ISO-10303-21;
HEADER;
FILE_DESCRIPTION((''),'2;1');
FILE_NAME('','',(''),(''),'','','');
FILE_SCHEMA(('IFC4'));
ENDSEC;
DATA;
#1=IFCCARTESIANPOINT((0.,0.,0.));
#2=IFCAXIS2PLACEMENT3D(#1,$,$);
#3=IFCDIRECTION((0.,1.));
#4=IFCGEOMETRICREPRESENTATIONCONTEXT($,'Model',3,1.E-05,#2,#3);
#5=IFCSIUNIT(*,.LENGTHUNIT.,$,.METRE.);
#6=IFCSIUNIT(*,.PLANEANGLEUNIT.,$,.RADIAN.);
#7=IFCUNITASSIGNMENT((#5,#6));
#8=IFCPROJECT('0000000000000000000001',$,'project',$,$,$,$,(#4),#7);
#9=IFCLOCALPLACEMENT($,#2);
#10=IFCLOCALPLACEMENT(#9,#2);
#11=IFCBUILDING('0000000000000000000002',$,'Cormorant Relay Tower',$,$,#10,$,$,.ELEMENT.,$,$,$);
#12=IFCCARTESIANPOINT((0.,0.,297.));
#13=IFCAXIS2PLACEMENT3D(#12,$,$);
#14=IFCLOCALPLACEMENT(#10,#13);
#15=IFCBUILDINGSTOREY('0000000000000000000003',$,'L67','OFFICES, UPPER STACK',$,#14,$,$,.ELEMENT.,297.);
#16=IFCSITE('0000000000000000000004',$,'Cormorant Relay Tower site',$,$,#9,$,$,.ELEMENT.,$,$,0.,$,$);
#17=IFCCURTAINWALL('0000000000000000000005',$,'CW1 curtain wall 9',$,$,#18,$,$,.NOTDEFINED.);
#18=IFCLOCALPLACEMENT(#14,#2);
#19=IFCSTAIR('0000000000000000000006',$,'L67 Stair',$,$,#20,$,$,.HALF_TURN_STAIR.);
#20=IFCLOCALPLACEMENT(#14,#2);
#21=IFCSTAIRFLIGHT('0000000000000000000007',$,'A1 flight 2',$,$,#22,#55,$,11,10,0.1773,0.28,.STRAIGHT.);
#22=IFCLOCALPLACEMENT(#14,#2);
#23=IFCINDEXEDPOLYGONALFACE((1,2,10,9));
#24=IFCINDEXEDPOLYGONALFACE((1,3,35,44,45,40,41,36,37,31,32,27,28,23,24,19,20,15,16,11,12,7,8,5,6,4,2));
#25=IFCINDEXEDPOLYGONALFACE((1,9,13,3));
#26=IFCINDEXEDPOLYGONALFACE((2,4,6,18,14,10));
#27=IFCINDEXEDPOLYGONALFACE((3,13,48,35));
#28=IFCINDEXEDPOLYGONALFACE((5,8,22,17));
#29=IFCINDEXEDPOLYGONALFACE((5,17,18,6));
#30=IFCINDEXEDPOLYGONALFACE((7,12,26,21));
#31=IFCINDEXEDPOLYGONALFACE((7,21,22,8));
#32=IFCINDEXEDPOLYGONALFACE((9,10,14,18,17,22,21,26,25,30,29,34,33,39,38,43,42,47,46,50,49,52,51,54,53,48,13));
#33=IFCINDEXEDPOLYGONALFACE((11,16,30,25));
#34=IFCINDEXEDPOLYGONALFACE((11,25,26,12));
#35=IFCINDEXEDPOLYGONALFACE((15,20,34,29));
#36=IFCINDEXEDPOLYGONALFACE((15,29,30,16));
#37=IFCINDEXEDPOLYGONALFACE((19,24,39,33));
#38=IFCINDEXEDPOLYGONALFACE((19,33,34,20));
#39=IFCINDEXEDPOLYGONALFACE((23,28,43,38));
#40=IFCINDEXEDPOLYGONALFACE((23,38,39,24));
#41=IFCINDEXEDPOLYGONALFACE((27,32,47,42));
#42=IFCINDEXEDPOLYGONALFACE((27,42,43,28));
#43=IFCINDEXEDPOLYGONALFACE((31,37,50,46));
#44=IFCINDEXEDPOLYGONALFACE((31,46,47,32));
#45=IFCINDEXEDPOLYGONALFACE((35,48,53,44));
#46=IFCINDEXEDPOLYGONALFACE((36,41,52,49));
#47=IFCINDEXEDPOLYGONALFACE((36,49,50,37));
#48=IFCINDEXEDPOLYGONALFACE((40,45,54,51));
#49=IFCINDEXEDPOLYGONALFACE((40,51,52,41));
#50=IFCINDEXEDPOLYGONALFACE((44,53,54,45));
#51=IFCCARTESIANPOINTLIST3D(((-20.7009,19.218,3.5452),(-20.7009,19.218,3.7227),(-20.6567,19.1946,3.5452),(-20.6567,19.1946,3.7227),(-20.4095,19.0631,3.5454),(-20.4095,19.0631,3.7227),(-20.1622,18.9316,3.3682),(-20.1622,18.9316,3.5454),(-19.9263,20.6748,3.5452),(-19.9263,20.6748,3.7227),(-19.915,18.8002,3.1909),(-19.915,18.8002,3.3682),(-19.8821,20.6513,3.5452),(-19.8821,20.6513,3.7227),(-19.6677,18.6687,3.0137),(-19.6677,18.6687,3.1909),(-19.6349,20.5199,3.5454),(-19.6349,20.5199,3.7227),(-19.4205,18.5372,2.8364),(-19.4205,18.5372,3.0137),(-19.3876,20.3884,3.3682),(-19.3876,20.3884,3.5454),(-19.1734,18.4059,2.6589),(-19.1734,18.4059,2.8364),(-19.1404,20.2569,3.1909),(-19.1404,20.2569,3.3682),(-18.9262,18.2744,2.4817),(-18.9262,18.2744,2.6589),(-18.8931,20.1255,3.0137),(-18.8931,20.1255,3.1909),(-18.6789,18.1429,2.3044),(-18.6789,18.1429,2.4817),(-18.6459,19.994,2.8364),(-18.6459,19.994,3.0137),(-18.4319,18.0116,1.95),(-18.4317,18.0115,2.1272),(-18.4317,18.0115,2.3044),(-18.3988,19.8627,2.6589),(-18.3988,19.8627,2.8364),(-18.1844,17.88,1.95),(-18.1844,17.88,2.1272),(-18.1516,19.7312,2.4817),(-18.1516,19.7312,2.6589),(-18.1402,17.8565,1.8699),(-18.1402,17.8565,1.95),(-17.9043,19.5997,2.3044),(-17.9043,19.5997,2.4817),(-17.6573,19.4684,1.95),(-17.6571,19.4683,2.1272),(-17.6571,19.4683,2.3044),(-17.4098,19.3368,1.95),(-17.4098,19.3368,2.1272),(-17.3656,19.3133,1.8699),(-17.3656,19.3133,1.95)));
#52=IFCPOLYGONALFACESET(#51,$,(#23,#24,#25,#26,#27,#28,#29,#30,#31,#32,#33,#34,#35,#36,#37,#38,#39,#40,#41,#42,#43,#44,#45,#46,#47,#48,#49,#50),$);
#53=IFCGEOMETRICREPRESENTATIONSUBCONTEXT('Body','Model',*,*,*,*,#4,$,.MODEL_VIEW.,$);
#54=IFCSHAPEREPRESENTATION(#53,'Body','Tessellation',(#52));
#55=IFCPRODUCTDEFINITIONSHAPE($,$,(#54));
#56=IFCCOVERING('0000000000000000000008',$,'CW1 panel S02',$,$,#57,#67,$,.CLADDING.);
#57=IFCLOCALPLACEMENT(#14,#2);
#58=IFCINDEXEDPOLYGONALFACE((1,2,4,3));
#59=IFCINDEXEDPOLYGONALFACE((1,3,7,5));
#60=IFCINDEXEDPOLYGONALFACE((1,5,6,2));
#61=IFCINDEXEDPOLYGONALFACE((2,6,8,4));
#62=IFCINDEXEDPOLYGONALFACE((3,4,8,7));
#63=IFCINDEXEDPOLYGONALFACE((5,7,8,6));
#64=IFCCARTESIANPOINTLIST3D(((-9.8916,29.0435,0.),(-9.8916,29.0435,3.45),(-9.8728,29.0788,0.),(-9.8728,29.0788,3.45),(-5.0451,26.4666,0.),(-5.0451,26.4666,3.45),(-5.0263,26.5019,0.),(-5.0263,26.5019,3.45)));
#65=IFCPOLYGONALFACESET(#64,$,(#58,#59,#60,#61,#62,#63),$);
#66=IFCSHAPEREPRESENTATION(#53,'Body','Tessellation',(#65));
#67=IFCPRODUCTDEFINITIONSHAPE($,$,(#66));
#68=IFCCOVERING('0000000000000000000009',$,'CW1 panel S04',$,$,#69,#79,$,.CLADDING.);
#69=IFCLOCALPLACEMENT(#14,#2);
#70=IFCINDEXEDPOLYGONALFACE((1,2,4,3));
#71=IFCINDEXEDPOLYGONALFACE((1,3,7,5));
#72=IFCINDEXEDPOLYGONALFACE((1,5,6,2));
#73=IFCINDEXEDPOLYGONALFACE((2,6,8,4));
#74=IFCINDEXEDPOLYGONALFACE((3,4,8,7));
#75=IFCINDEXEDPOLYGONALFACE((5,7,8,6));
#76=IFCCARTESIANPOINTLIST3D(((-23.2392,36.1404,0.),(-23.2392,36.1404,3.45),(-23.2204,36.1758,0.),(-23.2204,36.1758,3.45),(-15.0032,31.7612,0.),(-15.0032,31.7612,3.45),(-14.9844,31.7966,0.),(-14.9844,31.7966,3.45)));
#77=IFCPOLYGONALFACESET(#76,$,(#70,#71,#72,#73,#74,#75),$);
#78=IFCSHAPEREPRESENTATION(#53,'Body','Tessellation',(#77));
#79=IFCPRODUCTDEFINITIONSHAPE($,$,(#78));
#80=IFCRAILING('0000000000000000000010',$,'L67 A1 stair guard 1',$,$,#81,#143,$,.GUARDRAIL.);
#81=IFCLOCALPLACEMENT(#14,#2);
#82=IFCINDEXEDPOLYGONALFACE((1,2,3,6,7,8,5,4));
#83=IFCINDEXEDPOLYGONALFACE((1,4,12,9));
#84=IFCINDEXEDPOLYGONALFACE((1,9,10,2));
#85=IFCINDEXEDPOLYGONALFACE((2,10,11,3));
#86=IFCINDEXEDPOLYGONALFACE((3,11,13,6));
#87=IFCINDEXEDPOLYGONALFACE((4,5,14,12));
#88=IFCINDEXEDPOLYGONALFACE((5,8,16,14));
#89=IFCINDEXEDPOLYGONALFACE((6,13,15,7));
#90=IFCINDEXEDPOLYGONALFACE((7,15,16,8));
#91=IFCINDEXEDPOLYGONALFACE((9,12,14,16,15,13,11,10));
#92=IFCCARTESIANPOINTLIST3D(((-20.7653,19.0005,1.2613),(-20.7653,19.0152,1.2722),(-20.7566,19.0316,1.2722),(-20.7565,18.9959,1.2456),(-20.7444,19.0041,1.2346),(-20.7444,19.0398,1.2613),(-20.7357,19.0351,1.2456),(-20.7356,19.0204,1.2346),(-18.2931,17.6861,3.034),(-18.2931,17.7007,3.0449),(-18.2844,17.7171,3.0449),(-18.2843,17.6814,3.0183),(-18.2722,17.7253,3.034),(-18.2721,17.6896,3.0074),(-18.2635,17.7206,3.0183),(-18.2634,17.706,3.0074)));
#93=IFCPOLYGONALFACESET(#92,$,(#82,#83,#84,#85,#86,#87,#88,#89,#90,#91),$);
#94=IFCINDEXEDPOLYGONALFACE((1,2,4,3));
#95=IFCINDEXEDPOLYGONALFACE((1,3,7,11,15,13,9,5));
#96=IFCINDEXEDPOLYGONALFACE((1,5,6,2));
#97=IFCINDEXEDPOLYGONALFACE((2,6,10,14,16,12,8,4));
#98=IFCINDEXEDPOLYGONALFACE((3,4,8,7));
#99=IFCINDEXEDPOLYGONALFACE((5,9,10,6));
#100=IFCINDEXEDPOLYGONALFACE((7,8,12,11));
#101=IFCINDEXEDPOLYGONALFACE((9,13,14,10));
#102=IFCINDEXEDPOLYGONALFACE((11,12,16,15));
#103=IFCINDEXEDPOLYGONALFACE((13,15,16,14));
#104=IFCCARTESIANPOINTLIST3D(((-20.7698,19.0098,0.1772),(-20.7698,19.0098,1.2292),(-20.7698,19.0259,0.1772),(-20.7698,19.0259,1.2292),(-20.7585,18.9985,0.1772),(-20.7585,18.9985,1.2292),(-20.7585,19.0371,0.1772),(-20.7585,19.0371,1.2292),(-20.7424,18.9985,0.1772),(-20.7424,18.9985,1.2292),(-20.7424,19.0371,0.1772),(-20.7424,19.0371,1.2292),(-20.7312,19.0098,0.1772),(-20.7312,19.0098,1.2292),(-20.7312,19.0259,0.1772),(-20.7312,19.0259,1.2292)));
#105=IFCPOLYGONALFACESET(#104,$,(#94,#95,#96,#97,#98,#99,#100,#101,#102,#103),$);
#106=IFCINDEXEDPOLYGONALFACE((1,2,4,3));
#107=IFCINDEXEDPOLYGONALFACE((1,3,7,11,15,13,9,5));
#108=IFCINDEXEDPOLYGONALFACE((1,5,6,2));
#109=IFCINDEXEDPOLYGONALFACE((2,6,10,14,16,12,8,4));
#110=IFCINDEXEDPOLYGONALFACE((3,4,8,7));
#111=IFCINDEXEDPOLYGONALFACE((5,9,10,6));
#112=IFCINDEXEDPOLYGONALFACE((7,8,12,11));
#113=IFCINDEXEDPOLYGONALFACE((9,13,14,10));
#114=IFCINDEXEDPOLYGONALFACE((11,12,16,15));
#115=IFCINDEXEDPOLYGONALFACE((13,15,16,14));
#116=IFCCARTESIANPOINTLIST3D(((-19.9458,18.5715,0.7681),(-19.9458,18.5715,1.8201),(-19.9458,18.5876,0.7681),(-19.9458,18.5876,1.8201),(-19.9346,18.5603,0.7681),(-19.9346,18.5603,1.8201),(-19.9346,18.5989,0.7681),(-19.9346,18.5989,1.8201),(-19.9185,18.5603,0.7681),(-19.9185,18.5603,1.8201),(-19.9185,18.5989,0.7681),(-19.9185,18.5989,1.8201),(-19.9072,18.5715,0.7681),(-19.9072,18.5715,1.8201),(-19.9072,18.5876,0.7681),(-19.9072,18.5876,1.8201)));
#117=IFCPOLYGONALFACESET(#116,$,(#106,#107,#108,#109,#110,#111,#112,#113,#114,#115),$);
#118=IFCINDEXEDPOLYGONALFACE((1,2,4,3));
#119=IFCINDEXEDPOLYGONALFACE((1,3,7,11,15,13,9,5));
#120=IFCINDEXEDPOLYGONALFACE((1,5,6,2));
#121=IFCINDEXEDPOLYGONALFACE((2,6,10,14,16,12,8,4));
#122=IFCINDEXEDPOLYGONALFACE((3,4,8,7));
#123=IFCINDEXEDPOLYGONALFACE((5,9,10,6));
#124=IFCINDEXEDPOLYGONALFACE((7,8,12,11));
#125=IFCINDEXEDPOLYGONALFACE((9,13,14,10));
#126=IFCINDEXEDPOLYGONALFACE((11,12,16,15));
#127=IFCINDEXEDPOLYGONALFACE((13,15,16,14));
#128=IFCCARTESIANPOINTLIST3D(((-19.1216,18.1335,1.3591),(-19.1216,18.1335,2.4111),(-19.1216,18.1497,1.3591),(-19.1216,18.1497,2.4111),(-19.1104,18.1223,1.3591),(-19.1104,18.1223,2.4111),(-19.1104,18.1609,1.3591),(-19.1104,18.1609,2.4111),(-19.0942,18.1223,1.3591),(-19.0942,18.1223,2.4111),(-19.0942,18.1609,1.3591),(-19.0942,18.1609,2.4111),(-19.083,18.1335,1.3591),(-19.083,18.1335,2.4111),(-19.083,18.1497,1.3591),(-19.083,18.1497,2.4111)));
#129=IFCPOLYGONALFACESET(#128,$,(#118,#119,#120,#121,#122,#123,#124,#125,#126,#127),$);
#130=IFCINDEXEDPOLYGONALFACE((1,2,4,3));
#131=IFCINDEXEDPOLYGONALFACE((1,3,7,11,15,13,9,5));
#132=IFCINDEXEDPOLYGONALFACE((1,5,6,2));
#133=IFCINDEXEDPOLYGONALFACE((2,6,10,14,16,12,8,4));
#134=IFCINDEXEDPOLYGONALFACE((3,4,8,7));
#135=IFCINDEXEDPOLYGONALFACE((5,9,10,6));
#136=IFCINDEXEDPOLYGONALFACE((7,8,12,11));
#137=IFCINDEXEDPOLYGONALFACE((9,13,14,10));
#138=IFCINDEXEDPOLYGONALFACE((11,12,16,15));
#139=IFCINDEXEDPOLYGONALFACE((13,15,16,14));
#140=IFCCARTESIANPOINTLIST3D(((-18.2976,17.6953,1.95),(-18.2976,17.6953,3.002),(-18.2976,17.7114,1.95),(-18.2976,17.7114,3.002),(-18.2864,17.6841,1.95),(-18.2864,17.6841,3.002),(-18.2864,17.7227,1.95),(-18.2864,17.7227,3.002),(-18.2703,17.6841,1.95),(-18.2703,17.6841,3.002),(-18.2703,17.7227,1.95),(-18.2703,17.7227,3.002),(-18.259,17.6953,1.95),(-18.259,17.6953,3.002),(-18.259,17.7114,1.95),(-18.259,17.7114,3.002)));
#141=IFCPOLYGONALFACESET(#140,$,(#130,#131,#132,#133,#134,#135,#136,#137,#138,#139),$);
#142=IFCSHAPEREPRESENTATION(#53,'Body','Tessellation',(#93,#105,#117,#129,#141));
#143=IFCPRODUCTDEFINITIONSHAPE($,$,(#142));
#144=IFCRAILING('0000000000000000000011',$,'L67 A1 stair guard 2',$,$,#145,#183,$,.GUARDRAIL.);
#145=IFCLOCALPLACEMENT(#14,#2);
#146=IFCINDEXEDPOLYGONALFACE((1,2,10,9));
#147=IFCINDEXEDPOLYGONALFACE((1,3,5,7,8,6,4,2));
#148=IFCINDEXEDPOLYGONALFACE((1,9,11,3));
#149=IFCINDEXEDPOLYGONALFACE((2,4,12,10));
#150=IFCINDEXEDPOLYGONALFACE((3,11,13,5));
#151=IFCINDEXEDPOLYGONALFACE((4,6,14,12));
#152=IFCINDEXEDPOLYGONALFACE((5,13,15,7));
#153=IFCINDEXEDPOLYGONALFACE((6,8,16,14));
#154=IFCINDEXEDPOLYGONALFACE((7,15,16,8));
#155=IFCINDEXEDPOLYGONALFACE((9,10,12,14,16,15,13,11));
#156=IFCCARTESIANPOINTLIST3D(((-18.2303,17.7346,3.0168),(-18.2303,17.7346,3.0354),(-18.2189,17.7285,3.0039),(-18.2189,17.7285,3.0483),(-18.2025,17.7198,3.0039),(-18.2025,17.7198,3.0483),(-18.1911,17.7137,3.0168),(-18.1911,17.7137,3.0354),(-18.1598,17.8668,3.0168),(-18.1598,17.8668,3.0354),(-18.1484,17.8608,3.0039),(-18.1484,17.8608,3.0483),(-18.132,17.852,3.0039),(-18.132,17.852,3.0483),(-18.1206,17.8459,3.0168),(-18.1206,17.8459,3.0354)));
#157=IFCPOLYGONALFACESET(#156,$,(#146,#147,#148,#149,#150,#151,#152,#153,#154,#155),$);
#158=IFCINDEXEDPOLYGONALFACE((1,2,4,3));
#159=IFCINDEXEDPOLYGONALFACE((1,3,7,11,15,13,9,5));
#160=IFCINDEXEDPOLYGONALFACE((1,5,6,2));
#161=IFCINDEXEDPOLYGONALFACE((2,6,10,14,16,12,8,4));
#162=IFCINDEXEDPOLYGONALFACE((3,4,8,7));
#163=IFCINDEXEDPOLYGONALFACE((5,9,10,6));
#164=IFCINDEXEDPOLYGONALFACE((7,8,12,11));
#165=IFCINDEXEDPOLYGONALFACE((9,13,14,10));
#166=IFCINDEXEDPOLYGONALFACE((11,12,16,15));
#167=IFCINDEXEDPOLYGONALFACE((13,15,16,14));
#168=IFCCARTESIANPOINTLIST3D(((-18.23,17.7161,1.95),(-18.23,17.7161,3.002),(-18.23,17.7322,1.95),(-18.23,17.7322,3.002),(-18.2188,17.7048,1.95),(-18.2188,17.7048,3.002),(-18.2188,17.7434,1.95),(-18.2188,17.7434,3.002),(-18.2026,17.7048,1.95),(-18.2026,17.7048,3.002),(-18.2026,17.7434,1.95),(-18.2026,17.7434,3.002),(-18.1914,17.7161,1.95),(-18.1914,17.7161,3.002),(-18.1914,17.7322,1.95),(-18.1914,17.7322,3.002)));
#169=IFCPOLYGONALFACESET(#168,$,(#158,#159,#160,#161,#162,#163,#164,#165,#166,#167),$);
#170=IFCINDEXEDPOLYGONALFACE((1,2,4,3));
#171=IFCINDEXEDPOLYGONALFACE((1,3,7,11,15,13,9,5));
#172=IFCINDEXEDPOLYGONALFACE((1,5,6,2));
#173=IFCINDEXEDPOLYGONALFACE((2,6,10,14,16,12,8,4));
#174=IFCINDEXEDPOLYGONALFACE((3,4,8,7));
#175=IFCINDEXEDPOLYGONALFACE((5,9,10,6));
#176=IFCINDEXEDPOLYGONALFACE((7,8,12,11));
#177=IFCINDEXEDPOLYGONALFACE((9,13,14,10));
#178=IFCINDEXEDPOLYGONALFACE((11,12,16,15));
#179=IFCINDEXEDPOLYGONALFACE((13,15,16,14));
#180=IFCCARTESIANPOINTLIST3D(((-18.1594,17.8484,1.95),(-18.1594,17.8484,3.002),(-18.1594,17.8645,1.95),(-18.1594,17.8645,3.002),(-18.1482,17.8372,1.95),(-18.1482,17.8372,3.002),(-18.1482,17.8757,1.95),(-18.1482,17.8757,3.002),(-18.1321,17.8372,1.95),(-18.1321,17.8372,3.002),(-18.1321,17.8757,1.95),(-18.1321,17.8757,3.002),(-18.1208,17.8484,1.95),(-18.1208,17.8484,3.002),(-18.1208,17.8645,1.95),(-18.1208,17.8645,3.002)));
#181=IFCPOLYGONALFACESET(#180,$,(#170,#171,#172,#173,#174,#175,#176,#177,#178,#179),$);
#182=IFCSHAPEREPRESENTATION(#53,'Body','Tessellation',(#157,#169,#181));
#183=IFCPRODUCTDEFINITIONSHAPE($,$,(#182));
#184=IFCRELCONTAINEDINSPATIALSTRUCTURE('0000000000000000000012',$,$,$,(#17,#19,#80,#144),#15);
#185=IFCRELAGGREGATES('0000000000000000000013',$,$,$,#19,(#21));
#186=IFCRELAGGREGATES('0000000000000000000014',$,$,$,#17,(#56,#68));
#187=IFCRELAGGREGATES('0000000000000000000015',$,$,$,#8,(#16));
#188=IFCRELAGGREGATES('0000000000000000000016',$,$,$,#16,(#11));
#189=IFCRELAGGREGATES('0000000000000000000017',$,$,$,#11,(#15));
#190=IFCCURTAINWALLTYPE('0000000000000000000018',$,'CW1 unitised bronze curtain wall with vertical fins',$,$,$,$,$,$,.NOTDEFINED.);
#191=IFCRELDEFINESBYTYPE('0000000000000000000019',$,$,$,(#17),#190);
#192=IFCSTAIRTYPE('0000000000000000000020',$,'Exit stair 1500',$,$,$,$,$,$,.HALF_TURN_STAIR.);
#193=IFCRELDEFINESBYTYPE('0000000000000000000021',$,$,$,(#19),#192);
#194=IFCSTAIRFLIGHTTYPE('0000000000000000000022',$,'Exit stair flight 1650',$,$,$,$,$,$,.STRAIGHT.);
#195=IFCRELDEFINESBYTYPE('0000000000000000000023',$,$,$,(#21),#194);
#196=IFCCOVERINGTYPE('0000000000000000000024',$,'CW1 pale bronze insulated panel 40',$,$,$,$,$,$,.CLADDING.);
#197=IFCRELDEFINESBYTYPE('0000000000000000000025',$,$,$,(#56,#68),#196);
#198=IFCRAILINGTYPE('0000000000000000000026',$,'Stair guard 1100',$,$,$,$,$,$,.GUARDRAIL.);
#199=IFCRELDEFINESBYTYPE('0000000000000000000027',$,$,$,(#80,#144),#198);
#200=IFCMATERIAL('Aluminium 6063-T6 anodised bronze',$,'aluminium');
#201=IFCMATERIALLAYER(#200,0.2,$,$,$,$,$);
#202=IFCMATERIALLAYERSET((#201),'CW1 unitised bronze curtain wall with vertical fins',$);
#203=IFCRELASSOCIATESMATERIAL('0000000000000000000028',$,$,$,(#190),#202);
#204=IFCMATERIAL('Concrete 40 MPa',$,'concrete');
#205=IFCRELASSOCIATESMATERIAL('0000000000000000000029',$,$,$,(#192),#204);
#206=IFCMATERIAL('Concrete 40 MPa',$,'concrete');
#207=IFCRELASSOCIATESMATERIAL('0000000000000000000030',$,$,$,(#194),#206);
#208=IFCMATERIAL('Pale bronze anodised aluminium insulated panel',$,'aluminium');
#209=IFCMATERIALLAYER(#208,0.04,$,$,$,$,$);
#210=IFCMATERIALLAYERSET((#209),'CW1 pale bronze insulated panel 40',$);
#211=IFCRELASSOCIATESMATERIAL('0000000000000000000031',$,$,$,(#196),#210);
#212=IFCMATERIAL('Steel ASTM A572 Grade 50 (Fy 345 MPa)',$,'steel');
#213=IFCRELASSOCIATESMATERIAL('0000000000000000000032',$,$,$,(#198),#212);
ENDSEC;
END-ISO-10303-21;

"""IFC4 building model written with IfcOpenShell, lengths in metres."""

from ifc_helpers import new_model, si_unit, direction, frame, origin, origin_2d, place, context, subcontext, project, spatial, polyline, rectangle, outline, extrude, material, layer, layer_set, type_object, element, aggregate, save


model = new_model("IFC4")

# Units and contexts
model_context = context("Model", 3, precision=1e-05, world=origin(), true_north=direction((0.0, 1.0)))
body_context = subcontext(model_context, "Body", "Model", "MODEL_VIEW")
ifc_project = project(units=[si_unit("LENGTHUNIT", "METRE"), si_unit("PLANEANGLEUNIT", "RADIAN")], contexts=[model_context])

# Site, building, storey
site_placement = place(None, origin())
site = spatial("IfcSite", under=ifc_project, at=site_placement, Name="Cormorant Relay Tower site", CompositionType="ELEMENT", RefElevation=0.0)
building_placement = place(site_placement, origin())
building = spatial("IfcBuilding", under=site, at=building_placement, Name="Cormorant Relay Tower", CompositionType="ELEMENT")
storey_placement = place(building_placement, frame((0.0, 0.0, 297.0)))
storey = spatial("IfcBuildingStorey", under=building, at=storey_placement, Name="L67", Description="OFFICES, UPPER STACK", CompositionType="ELEMENT", Elevation=297.0)

# Curtain wall
ifc_material_1 = material(Name="Aluminium 6063-T6 anodised bronze", Category="aluminium")
ifc_layer_1 = layer(ifc_material_1, 0.2)
ifc_layer_set_1 = layer_set([ifc_layer_1], Name="CW1 unitised bronze curtain wall with vertical fins")
curtain_wall_type = type_object("IfcCurtainWallType", Name="CW1 unitised bronze curtain wall with vertical fins", PredefinedType="NOTDEFINED", material=ifc_layer_set_1)
curtain_wall_placement = place(storey_placement, origin())
curtain_wall = element("IfcCurtainWall", 1, at=curtain_wall_placement, inside=storey, type_object=curtain_wall_type, Name="CW1 curtain wall 9", PredefinedType="NOTDEFINED")

# Stair, stair flight
ifc_material_2 = material(Name="Concrete 40 MPa", Category="concrete")
stair_type = type_object("IfcStairType", Name="Exit stair 1500", PredefinedType="HALF_TURN_STAIR", material=ifc_material_2)
stair_placement = place(storey_placement, origin())
stair = element("IfcStair", 2, at=stair_placement, inside=storey, type_object=stair_type, Name="L67 Stair", PredefinedType="HALF_TURN_STAIR")
ifc_material_3 = material(Name="Concrete 40 MPa", Category="concrete")
stair_flight_type = type_object("IfcStairFlightType", Name="Exit stair flight 1650", PredefinedType="STRAIGHT", material=ifc_material_3)
stair_flight_1_placement = place(storey_placement, frame((-17.7971, 18.6084, 1.95), z_axis=(0.0, 0.0, 1.0), x_axis=(-0.882948, 0.469472, 0.0)))
stair_flight_1 = element("IfcStairFlight", 3, at=stair_flight_1_placement, type_object=stair_flight_type, Name="A1 flight 2", NumberOfRisers=11, NumberOfTreads=10, PredefinedType="STRAIGHT", RiserHeight=0.1773, TreadLength=0.28, context=body_context, shape_type="SweptSolid", body=[
    extrude(outline(polyline([(-0.05, -0.0801), (-0.05, 0.0), (0.0, 0.0), (0.0, 0.1772), (0.28, 0.1772), (0.28, 0.3545), (0.5601, 0.3545), (0.5601, 0.5317), (0.8401, 0.5317), (0.8401, 0.709), (1.1201, 0.709), (1.1201, 0.8865), (1.3999, 0.8865), (1.3999, 1.0637), (1.6799, 1.0637), (1.6799, 1.241), (1.96, 1.241), (1.96, 1.4182), (2.24, 1.4182), (2.24, 1.5955), (2.52, 1.5955), (2.52, 1.7727), (2.8, 1.7727), (2.8501, 1.7727), (2.8501, 1.5952), (2.8, 1.5952), (0.2803, 0.0), (-0.05, -0.0801)])), frame((0.0, 0.825, 0.0), z_axis=(0.0, -1.0, 0.0), x_axis=(1.0, 0.0, 0.0)), (0.0, 0.0, 1.0), 1.6499),
])
aggregate(stair, [stair_flight_1])

# Coverings
ifc_material_4 = material(Name="Pale bronze anodised aluminium insulated panel", Category="aluminium")
ifc_layer_2 = layer(ifc_material_4, 0.04)
ifc_layer_set_2 = layer_set([ifc_layer_2], Name="CW1 pale bronze insulated panel 40")
covering_type = type_object("IfcCoveringType", Name="CW1 pale bronze insulated panel 40", PredefinedType="CLADDING", material=ifc_layer_set_2)
covering_1_placement = place(storey_placement, frame((-7.459, 27.7727, 0.0), z_axis=(0.0, 0.0, 1.0), x_axis=(-0.882948, 0.469472, 0.0)))
covering_1 = element("IfcCovering", 4, at=covering_1_placement, type_object=covering_type, Name="CW1 panel S02", PredefinedType="CLADDING", context=body_context, shape_type="SweptSolid", body=[
    extrude(rectangle(XDim=5.489, YDim=0.04, at=origin_2d()), origin(), (0.0, 0.0, 1.0), 3.45),
])
covering_2_placement = place(storey_placement, frame((-19.1118, 33.9685, 0.0), z_axis=(0.0, 0.0, 1.0), x_axis=(-0.882948, 0.469472, 0.0)))
covering_2 = element("IfcCovering", 5, at=covering_2_placement, type_object=covering_type, Name="CW1 panel S04", PredefinedType="CLADDING", context=body_context, shape_type="SweptSolid", body=[
    extrude(rectangle(XDim=9.3279, YDim=0.04, at=origin_2d()), origin(), (0.0, 0.0, 1.0), 3.45),
])
aggregate(curtain_wall, [covering_1, covering_2])

# Railings
ifc_material_5 = material(Name="Steel ASTM A572 Grade 50 (Fy 345 MPa)", Category="steel")
railing_type_1 = type_object("IfcRailingType", Name="Stair guard 1100", PredefinedType="GUARDRAIL", material=ifc_material_5)
railing_1_placement = place(storey_placement, frame((-20.7505, 19.0178, 0.1772)))
element("IfcRailing", 6, at=railing_1_placement, inside=storey, type_object=railing_type_1, Name="L67 A1 stair guard 1", PredefinedType="GUARDRAIL", context=body_context, shape_type="SweptSolid", body=[
    extrude(outline(polyline([(0.0222, 0.0093), (0.0093, 0.0222), (-0.0093, 0.0222), (-0.0222, 0.0093), (-0.0222, -0.0093), (-0.0093, -0.0222), (0.0093, -0.0222), (0.0222, -0.0093), (0.0222, 0.0093)])), frame((0.0, 0.0, 1.0762), z_axis=(0.746001, -0.396649, 0.534931), x_axis=(0.469465, 0.882951, 0.0)), (0.0, 0.0, 1.0), 3.314),
    extrude(outline(polyline([(0.0193, 0.0081), (0.0081, 0.0193), (-0.0081, 0.0193), (-0.0193, 0.0081), (-0.0193, -0.0081), (-0.0081, -0.0193), (0.0081, -0.0193), (0.0193, -0.0081), (0.0193, 0.0081)])), origin(), (0.0, 0.0, 1.0), 1.052),
    extrude(outline(polyline([(0.0193, 0.0081), (0.0081, 0.0193), (-0.0081, 0.0193), (-0.0193, 0.0081), (-0.0193, -0.0081), (-0.0081, -0.0193), (0.0081, -0.0193), (0.0193, -0.0081), (0.0193, 0.0081)])), frame((0.824, -0.4382, 0.5908)), (0.0, 0.0, 1.0), 1.052),
    extrude(outline(polyline([(0.0193, 0.0081), (0.0081, 0.0193), (-0.0081, 0.0193), (-0.0193, 0.0081), (-0.0193, -0.0081), (-0.0081, -0.0193), (0.0081, -0.0193), (0.0193, -0.0081), (0.0193, 0.0081)])), frame((1.6482, -0.8762, 1.1819)), (0.0, 0.0, 1.0), 1.052),
    extrude(outline(polyline([(0.0193, 0.0081), (0.0081, 0.0193), (-0.0081, 0.0193), (-0.0193, 0.0081), (-0.0193, -0.0081), (-0.0081, -0.0193), (0.0081, -0.0193), (0.0193, -0.0081), (0.0193, 0.0081)])), frame((2.4722, -1.3145, 1.7727)), (0.0, 0.0, 1.0), 1.052),
])
railing_2_placement = place(storey_placement, frame((-18.2107, 17.7241, 1.95)))
element("IfcRailing", 7, at=railing_2_placement, inside=storey, type_object=railing_type_1, Name="L67 A1 stair guard 2", PredefinedType="GUARDRAIL", context=body_context, shape_type="SweptSolid", body=[
    extrude(outline(polyline([(0.0222, 0.0093), (0.0093, 0.0222), (-0.0093, 0.0222), (-0.0222, 0.0093), (-0.0222, -0.0093), (-0.0093, -0.0222), (0.0093, -0.0222), (0.0222, -0.0093), (0.0222, 0.0093)])), frame((0.0, 0.0, 1.0762), z_axis=(0.470504, 0.882398, 0.0), x_axis=(-0.882398, 0.470504, 0.0)), (0.0, 0.0, 1.0), 0.1499),
    extrude(outline(polyline([(0.0193, 0.0081), (0.0081, 0.0193), (-0.0081, 0.0193), (-0.0193, 0.0081), (-0.0193, -0.0081), (-0.0081, -0.0193), (0.0081, -0.0193), (0.0193, -0.0081), (0.0193, 0.0081)])), origin(), (0.0, 0.0, 1.0), 1.052),
    extrude(outline(polyline([(0.0193, 0.0081), (0.0081, 0.0193), (-0.0081, 0.0193), (-0.0193, 0.0081), (-0.0193, -0.0081), (-0.0081, -0.0193), (0.0081, -0.0193), (0.0193, -0.0081), (0.0193, 0.0081)])), frame((0.0706, 0.1323, 0.0)), (0.0, 0.0, 1.0), 1.052),
])

save(model, "model.ifc")
